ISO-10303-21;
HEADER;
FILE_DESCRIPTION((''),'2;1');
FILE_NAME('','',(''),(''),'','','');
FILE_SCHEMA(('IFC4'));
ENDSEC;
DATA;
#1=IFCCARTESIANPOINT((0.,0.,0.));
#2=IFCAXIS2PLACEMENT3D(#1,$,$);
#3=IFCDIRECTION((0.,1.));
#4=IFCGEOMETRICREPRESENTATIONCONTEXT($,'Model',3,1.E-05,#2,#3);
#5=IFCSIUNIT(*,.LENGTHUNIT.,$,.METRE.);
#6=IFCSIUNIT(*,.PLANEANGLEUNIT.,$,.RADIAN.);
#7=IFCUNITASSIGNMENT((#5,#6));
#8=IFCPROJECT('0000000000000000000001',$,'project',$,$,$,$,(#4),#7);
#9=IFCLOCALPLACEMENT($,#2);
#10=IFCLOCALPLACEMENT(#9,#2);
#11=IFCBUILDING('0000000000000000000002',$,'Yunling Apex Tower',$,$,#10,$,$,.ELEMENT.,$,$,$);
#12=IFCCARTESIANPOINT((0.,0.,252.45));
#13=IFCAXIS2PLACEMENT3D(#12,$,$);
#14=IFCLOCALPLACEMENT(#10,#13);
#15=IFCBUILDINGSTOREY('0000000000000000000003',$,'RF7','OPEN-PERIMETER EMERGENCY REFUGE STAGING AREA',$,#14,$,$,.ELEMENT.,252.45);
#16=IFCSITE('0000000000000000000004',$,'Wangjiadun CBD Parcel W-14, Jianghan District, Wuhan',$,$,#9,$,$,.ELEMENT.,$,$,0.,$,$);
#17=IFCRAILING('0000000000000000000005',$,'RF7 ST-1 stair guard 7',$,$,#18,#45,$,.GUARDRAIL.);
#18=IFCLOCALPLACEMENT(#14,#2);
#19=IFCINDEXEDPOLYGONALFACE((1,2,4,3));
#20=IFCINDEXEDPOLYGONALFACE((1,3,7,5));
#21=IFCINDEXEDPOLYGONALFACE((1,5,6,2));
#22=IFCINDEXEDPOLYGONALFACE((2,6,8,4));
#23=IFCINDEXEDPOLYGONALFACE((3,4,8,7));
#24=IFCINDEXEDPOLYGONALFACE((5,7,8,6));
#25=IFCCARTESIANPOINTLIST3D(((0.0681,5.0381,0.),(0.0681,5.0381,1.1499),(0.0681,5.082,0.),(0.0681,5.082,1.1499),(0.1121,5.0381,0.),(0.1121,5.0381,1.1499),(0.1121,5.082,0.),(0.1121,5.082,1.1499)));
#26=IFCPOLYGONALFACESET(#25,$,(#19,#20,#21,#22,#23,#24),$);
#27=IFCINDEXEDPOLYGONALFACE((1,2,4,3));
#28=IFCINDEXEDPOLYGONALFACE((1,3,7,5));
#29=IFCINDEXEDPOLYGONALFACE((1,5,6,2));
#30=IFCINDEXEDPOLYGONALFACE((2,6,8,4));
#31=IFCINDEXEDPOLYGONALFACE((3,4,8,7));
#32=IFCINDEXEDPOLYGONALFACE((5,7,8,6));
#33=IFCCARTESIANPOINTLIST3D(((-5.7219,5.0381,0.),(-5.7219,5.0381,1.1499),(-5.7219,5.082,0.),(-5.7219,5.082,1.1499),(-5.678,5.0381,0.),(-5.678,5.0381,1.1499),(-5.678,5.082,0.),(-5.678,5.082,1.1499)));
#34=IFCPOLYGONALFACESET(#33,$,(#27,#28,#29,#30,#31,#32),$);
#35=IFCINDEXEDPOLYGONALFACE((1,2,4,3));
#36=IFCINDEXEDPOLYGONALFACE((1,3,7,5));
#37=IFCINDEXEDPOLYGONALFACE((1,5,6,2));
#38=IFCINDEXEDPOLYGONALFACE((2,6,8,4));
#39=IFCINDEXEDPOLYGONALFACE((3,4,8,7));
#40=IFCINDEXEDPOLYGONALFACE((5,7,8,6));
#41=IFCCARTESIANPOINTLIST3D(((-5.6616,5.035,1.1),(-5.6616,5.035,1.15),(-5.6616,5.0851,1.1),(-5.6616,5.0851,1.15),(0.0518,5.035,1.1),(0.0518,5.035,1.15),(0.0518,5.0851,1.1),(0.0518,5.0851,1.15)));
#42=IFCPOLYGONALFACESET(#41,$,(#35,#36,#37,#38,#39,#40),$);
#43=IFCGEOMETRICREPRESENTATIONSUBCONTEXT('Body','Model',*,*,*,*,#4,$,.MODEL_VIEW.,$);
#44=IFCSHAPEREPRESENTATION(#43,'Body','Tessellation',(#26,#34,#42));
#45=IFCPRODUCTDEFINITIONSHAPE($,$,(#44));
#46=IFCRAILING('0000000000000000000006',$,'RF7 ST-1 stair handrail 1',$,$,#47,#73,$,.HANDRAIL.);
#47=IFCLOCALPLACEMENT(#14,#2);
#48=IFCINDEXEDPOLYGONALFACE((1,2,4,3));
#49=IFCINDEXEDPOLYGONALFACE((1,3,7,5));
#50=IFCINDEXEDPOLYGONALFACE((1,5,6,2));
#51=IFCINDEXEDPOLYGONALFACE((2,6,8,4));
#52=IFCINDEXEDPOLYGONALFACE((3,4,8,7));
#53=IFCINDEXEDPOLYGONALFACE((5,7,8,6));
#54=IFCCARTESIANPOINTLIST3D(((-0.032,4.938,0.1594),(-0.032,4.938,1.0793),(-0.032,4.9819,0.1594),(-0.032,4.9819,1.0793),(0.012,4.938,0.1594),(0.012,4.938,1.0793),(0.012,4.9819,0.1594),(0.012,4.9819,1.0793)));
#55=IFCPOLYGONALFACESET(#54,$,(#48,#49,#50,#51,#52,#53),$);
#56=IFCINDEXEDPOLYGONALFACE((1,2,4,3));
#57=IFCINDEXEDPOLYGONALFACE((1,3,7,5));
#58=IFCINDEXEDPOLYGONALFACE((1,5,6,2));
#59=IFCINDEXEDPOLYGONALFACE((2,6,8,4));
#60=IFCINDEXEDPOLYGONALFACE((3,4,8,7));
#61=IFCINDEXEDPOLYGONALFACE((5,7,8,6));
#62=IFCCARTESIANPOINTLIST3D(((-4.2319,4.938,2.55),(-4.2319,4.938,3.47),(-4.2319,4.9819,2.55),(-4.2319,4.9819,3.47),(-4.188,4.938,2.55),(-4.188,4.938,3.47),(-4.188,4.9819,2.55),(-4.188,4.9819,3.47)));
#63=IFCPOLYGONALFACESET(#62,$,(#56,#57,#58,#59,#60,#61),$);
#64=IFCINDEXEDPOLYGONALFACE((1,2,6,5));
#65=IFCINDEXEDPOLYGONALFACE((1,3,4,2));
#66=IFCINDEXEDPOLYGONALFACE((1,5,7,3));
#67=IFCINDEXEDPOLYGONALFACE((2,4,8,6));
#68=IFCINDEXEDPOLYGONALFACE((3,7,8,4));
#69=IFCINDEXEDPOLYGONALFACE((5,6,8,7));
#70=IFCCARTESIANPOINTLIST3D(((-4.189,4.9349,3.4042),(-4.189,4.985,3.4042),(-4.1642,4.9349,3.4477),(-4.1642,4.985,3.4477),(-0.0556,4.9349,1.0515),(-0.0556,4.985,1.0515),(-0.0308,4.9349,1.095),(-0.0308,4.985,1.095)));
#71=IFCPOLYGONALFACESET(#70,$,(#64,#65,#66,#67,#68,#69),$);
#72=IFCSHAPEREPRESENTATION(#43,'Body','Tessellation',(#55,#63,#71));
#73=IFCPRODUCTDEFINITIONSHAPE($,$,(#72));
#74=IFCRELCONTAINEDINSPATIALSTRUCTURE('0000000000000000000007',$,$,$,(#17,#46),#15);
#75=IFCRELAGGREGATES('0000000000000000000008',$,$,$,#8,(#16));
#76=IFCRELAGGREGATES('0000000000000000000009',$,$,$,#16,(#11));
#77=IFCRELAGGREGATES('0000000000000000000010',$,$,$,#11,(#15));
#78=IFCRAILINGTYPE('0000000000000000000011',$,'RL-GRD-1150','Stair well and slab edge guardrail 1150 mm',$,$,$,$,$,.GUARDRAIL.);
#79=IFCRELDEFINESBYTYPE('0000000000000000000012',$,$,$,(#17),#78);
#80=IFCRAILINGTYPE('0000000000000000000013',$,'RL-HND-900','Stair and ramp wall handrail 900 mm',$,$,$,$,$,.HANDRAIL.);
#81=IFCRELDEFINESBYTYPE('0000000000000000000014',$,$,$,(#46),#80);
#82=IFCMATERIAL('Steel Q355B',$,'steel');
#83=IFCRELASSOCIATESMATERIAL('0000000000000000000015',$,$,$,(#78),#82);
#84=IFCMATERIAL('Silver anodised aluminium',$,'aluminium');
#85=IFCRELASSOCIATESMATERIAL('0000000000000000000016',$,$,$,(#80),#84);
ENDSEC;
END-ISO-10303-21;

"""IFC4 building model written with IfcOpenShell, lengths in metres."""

from ifc_helpers import new_model, si_unit, direction, frame, origin, origin_2d, place, context, subcontext, project, spatial, rectangle, extrude, material, type_object, element, save


model = new_model("IFC4")

# Units and contexts
model_context = context("Model", 3, precision=1e-05, world=origin(), true_north=direction((0.0, 1.0)))
body_context = subcontext(model_context, "Body", "Model", "MODEL_VIEW")
ifc_project = project(units=[si_unit("LENGTHUNIT", "METRE"), si_unit("PLANEANGLEUNIT", "RADIAN")], contexts=[model_context])

# Site, building, storey
site_placement = place(None, origin())
site = spatial("IfcSite", under=ifc_project, at=site_placement, Name="Wangjiadun CBD Parcel W-14, Jianghan District, Wuhan", CompositionType="ELEMENT", RefElevation=0.0)
building_placement = place(site_placement, origin())
building = spatial("IfcBuilding", under=site, at=building_placement, Name="Yunling Apex Tower", CompositionType="ELEMENT")
storey_placement = place(building_placement, frame((0.0, 0.0, 252.45)))
storey = spatial("IfcBuildingStorey", under=building, at=storey_placement, Name="RF7", Description="OPEN-PERIMETER EMERGENCY REFUGE STAGING AREA", CompositionType="ELEMENT", Elevation=252.45)

# Shared definitions
ifc_material_1 = material(Name="Steel Q355B", Category="steel")

# Railings
railing_type_1 = type_object("IfcRailingType", Name="RL-GRD-1150", Description="Stair well and slab edge guardrail 1150 mm", PredefinedType="GUARDRAIL", material=ifc_material_1)
railing_1_placement = place(storey_placement, frame((0.0901, 5.0601, 0.0)))
element("IfcRailing", 1, at=railing_1_placement, inside=storey, type_object=railing_type_1, Name="RF7 ST-1 stair guard 7", PredefinedType="GUARDRAIL", context=body_context, shape_type="SweptSolid", body=[
    extrude(rectangle(XDim=0.0439, YDim=0.0439, at=origin_2d()), origin(), (0.0, 0.0, 1.0), 1.1499),
    extrude(rectangle(XDim=0.0439, YDim=0.0439, at=origin_2d()), frame((-5.79, 0.0, 0.0)), (0.0, 0.0, 1.0), 1.1499),
    extrude(rectangle(XDim=0.05, YDim=0.05, at=origin_2d()), frame((-0.0383, 0.0, 1.125), z_axis=(-1.0, 0.0, 0.0), x_axis=(0.0, -1.0, 0.0)), (0.0, 0.0, 1.0), 5.7134),
])
ifc_material_2 = material(Name="Silver anodised aluminium", Category="aluminium")
railing_type_2 = type_object("IfcRailingType", Name="RL-HND-900", Description="Stair and ramp wall handrail 900 mm", PredefinedType="HANDRAIL", material=ifc_material_2)
railing_2_placement = place(storey_placement, frame((-0.01, 4.96, 0.1594)))
element("IfcRailing", 2, at=railing_2_placement, inside=storey, type_object=railing_type_2, Name="RF7 ST-1 stair handrail 1", PredefinedType="HANDRAIL", context=body_context, shape_type="SweptSolid", body=[
    extrude(rectangle(XDim=0.0439, YDim=0.0439, at=origin_2d()), origin(), (0.0, 0.0, 1.0), 0.9199),
    extrude(rectangle(XDim=0.0439, YDim=0.0439, at=origin_2d()), frame((-4.2, 0.0, 2.3906)), (0.0, 0.0, 1.0), 0.9199),
    extrude(rectangle(XDim=0.05, YDim=0.05, at=origin_2d()), frame((-0.0332, 0.0, 0.9138), z_axis=(-0.869075, 0.0, 0.49468), x_axis=(0.0, -1.0, 0.0)), (0.0, 0.0, 1.0), 4.7561),
])

save(model, "model.ifc")
